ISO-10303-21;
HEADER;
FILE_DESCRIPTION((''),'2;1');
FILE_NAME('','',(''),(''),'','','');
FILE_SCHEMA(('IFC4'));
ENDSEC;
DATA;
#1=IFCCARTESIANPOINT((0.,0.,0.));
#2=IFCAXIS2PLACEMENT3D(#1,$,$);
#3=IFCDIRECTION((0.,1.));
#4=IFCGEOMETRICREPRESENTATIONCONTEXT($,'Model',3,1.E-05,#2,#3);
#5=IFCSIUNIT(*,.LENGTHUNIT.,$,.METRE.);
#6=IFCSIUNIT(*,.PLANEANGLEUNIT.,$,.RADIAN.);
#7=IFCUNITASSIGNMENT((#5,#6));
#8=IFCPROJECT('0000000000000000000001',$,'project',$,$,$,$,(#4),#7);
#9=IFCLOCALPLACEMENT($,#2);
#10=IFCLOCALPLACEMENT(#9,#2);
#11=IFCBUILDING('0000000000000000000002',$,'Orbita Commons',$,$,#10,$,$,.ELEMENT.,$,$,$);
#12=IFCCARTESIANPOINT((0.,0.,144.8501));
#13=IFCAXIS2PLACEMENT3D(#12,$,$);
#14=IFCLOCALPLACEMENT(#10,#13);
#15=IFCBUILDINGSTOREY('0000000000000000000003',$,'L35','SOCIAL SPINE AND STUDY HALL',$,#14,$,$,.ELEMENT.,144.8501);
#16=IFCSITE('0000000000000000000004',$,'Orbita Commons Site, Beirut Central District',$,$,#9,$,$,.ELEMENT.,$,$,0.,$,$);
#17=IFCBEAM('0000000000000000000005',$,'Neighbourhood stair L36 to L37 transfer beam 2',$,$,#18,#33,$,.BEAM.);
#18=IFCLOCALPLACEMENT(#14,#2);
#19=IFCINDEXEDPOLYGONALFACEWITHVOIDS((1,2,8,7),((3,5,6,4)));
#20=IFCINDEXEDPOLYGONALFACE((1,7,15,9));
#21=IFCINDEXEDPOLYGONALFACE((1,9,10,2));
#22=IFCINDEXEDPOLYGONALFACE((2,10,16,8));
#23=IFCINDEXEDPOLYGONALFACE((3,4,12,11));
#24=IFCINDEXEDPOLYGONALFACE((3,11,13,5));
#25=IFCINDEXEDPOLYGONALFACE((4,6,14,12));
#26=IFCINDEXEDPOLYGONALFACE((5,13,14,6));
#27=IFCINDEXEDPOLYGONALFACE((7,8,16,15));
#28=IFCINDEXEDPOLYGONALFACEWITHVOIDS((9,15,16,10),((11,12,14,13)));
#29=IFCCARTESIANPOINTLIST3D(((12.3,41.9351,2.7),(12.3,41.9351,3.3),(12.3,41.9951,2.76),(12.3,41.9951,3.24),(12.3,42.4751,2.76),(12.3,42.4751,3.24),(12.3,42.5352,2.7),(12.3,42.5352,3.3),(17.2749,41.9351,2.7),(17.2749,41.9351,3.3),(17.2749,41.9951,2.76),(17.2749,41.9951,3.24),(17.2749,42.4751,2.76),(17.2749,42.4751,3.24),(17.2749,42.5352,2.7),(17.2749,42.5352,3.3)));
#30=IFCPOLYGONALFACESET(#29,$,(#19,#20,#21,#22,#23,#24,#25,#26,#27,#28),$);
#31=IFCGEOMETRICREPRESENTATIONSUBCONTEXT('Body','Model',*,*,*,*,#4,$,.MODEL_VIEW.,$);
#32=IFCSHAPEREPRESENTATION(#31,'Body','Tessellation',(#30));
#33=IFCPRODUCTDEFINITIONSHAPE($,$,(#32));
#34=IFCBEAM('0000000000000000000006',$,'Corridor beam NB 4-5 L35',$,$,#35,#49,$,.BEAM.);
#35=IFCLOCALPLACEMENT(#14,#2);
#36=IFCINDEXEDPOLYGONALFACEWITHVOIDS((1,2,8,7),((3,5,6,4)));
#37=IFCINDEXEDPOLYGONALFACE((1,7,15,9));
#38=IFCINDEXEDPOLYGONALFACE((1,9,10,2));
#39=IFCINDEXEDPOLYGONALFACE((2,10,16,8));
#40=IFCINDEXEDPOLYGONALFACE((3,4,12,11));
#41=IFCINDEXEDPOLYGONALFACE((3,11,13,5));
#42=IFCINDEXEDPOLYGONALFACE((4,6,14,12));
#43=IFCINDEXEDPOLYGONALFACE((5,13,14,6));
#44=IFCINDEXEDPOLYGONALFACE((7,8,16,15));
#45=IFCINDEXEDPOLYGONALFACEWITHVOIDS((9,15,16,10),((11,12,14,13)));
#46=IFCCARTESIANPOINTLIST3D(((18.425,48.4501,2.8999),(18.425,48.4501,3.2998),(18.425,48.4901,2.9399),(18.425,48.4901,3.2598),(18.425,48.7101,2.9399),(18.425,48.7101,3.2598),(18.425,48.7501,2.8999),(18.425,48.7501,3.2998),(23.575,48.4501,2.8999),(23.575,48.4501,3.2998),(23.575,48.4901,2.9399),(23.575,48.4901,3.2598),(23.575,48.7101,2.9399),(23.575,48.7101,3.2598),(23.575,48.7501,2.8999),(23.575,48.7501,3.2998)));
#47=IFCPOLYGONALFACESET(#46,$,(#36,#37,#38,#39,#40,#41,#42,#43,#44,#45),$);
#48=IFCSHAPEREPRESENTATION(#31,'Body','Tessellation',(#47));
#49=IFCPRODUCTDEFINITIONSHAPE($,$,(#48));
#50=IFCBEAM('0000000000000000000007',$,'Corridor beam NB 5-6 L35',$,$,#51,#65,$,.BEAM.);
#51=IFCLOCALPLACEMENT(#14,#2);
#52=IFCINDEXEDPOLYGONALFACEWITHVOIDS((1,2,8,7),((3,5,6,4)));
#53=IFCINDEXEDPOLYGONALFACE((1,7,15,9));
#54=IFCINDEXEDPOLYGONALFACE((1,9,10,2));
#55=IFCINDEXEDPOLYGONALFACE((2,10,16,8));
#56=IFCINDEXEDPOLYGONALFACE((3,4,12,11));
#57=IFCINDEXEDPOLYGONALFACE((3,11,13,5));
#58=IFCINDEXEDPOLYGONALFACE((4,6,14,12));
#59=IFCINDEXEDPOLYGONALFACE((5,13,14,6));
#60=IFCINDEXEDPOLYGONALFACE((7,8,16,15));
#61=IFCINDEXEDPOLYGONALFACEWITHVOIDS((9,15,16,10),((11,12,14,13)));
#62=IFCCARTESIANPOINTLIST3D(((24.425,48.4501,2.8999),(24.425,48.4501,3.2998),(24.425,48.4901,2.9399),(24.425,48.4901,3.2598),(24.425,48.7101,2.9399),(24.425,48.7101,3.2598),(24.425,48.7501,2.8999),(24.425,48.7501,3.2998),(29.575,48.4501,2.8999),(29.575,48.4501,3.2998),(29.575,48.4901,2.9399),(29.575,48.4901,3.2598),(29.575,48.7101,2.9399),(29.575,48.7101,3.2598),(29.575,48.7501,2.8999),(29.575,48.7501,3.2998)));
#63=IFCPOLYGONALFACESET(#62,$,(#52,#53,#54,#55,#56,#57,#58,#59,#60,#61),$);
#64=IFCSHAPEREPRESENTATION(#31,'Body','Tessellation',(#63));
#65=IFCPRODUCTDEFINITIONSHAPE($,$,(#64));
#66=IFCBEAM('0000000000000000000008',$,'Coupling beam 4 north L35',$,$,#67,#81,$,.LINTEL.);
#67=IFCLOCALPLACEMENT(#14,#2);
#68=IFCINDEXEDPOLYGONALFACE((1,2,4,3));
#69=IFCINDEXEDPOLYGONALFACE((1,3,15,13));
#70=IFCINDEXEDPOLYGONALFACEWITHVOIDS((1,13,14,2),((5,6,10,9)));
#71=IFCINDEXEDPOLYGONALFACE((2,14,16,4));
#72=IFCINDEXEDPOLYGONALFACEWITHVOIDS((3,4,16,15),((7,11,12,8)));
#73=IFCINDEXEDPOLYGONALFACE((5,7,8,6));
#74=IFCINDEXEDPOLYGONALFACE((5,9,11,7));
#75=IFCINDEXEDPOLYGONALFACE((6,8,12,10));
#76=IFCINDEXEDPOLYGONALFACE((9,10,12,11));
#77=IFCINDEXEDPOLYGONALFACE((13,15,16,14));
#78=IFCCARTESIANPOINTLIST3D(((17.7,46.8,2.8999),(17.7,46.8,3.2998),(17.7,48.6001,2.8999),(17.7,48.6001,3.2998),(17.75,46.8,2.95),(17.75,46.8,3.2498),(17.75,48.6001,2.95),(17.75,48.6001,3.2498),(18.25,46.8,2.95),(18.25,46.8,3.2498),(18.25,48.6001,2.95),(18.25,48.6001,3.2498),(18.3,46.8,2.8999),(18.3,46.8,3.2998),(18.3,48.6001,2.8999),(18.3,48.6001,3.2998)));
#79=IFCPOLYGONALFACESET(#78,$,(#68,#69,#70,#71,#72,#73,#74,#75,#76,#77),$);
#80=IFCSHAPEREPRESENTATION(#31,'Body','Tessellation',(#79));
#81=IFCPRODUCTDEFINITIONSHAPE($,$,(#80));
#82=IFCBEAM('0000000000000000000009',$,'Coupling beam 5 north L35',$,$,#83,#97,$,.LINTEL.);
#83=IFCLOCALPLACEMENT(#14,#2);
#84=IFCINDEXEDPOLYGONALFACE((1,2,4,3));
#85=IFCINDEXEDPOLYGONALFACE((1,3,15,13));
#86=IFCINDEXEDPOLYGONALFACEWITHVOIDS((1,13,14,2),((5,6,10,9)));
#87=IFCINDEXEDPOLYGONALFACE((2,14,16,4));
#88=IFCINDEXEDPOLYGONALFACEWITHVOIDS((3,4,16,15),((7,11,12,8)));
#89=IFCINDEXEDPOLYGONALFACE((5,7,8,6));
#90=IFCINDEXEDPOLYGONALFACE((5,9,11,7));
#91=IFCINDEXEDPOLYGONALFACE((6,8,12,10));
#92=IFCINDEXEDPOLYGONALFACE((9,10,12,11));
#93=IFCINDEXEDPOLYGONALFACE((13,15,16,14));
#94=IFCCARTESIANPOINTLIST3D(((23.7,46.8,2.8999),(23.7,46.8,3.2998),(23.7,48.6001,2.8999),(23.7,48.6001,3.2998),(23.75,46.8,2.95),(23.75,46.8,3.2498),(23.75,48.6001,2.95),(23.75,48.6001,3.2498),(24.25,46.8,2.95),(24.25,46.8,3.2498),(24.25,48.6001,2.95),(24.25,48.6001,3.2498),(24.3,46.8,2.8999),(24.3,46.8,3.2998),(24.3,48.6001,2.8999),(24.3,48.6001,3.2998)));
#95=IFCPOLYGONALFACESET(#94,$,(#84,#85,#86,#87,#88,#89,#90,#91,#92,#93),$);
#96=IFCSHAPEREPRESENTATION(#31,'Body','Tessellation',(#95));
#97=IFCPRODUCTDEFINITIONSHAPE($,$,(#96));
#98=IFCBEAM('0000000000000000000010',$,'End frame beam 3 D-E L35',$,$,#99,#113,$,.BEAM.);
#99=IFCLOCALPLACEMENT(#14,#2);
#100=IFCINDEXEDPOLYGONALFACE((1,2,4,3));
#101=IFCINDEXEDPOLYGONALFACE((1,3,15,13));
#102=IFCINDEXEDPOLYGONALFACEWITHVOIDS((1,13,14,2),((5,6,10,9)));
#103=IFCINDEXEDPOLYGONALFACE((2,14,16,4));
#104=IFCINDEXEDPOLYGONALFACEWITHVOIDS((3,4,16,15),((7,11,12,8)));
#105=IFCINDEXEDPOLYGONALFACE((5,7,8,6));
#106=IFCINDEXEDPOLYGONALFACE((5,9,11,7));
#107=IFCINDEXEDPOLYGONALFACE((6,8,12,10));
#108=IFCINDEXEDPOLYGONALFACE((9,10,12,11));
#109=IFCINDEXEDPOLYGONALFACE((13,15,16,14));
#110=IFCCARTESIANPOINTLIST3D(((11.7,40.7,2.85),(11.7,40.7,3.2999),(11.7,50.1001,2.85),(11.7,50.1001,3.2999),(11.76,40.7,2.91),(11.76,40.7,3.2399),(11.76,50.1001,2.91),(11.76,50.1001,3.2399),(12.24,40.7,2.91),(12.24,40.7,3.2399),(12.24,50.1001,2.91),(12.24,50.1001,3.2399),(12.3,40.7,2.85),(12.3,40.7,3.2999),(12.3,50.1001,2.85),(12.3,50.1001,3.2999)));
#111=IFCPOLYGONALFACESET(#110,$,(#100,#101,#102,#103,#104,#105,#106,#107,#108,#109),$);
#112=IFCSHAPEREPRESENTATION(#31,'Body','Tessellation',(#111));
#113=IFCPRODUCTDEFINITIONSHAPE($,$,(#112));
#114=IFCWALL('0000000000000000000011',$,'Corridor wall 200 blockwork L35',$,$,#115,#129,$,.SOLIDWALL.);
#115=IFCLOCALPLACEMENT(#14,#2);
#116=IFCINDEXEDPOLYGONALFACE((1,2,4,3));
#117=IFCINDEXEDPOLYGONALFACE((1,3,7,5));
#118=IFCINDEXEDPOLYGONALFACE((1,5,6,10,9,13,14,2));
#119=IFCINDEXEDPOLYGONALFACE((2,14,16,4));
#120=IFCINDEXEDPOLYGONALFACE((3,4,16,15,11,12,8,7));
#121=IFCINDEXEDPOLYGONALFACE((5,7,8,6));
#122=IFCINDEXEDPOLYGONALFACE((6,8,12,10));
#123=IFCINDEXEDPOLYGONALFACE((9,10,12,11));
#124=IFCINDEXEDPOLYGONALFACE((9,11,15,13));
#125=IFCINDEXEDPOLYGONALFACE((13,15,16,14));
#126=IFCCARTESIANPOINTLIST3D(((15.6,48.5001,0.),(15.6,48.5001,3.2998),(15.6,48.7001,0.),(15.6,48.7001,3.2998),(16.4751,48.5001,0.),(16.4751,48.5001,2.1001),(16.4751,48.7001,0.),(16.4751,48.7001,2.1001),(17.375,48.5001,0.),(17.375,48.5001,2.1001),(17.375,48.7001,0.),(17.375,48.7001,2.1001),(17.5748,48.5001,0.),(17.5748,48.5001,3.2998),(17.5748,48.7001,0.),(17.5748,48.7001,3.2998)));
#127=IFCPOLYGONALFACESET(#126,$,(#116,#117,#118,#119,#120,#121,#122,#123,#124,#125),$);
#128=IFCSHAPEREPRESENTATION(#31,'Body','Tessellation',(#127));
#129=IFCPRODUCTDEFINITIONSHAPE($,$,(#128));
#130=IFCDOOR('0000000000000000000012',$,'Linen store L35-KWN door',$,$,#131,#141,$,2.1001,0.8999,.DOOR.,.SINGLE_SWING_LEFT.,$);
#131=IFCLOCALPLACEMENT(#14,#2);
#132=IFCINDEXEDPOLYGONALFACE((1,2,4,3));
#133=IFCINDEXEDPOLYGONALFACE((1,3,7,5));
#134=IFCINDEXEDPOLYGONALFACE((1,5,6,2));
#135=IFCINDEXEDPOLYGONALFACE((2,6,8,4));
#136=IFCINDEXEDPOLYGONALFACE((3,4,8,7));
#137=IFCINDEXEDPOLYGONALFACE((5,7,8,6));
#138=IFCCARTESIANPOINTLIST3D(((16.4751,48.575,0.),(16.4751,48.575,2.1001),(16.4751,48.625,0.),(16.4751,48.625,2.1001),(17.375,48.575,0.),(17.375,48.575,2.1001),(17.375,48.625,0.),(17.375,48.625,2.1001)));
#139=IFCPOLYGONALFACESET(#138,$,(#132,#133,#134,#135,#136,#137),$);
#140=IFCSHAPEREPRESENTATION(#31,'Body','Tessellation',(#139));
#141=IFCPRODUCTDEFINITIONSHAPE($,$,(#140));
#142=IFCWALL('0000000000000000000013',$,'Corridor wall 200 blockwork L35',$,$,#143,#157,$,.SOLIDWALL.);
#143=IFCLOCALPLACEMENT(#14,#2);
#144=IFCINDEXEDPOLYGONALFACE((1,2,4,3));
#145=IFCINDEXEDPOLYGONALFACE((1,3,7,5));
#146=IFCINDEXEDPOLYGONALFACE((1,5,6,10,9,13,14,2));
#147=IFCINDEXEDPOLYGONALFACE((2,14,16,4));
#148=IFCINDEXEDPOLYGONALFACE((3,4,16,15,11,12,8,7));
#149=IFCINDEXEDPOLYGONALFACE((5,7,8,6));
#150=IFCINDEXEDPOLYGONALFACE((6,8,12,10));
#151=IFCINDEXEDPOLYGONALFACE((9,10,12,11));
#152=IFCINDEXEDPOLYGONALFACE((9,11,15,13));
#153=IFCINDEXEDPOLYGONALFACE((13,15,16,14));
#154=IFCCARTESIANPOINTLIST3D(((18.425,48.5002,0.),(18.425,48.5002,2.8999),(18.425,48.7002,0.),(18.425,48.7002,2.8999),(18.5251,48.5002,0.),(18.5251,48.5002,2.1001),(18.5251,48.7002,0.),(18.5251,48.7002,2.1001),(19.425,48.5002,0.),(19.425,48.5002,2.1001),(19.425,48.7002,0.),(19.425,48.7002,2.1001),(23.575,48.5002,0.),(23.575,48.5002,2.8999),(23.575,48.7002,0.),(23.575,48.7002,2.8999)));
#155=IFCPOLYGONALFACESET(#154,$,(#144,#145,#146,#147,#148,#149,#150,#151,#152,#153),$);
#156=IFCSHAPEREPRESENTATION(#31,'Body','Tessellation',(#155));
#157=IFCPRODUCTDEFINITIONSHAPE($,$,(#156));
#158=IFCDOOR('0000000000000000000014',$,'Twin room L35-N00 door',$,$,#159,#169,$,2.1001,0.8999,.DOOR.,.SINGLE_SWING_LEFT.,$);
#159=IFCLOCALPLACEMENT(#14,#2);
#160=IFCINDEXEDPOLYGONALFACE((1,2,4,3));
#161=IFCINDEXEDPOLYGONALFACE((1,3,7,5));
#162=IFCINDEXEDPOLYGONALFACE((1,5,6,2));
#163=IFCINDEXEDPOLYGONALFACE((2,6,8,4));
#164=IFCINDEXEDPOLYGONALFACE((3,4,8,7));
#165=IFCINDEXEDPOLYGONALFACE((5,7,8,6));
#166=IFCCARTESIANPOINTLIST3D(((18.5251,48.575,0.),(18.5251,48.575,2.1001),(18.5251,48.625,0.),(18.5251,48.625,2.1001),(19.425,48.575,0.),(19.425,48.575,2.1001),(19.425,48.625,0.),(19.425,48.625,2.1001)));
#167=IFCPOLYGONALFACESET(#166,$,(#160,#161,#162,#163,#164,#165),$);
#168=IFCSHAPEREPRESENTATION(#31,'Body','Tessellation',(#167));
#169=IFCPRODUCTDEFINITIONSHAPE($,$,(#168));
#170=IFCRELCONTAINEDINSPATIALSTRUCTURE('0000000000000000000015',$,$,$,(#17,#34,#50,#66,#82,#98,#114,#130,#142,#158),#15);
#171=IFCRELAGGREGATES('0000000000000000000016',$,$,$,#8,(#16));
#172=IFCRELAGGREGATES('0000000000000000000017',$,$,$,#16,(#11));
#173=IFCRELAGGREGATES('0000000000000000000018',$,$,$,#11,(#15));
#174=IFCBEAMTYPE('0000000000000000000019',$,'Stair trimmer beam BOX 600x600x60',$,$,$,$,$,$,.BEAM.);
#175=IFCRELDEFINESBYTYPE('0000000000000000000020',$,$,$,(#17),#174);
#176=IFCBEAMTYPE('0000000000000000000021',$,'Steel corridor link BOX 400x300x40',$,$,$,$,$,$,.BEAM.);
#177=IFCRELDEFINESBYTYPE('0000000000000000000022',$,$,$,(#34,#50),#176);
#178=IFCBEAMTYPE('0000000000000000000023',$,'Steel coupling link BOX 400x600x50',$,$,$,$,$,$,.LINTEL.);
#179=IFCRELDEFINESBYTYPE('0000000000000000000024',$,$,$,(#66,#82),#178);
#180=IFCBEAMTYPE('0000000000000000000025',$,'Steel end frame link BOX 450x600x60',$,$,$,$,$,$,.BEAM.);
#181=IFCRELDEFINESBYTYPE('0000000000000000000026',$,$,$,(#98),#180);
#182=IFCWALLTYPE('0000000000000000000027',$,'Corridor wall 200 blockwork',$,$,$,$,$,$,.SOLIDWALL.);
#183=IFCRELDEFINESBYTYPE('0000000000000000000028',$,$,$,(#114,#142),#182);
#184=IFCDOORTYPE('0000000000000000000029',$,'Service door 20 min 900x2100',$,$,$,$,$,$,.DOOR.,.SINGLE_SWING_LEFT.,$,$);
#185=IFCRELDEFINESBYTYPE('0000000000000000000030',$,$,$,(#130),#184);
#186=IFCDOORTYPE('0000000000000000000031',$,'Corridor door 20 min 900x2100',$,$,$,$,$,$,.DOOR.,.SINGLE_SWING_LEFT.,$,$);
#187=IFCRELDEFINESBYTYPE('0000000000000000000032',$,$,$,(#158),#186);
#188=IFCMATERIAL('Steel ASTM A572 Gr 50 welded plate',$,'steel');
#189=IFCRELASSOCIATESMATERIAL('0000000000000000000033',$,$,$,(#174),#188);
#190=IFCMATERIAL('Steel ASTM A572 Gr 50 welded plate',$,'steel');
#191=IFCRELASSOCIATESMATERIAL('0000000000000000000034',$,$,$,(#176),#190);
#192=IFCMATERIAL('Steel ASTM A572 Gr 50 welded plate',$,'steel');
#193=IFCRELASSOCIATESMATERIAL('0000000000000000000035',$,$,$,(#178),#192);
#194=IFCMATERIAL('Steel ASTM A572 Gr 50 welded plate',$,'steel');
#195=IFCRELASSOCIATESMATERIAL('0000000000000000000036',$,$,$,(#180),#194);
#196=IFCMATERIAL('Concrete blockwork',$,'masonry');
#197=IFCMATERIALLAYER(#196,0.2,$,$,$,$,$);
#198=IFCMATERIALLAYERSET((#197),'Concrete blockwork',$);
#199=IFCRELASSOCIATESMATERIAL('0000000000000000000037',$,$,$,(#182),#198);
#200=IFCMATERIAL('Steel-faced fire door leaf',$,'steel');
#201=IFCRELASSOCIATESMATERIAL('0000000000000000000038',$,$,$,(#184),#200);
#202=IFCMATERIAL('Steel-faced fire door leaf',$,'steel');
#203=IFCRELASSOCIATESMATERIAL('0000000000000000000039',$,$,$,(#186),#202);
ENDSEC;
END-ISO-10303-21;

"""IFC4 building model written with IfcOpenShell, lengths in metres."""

from ifc_helpers import new_model, si_unit, direction, frame, frame_2d, origin, origin_2d, place, context, subcontext, project, spatial, polyline, rectangle, hollow_rectangle, outline, extrude, material, layer, layer_set, material_profile, profile_set, type_object, element, fill, save


model = new_model("IFC4")

# Units and contexts
model_context = context("Model", 3, precision=1e-05, world=origin(), true_north=direction((0.0, 1.0)))
body_context = subcontext(model_context, "Body", "Model", "MODEL_VIEW")
ifc_project = project(units=[si_unit("LENGTHUNIT", "METRE"), si_unit("PLANEANGLEUNIT", "RADIAN")], contexts=[model_context])

# Site, building, storey
site_placement = place(None, origin())
site = spatial("IfcSite", under=ifc_project, at=site_placement, Name="Orbita Commons Site, Beirut Central District", CompositionType="ELEMENT", RefElevation=0.0)
building_placement = place(site_placement, origin())
building = spatial("IfcBuilding", under=site, at=building_placement, Name="Orbita Commons", CompositionType="ELEMENT")
storey_placement = place(building_placement, frame((0.0, 0.0, 144.8501)))
storey = spatial("IfcBuildingStorey", under=building, at=storey_placement, Name="L35", Description="SOCIAL SPINE AND STUDY HALL", CompositionType="ELEMENT", Elevation=144.8501)

# Beams
ifc_material_1 = material(Name="Steel ASTM A572 Gr 50 welded plate", Category="steel")
ifc_material_profile_1 = material_profile(ifc_material_1, hollow_rectangle(XDim=0.6001, YDim=0.6001, WallThickness=0.0601, at=origin_2d()), Name="BOX 600x600x60")
ifc_profile_set_1 = profile_set([ifc_material_profile_1], Name="Steel ASTM A572 Gr 50 welded plate")
beam_type_1 = type_object("IfcBeamType", Name="Stair trimmer beam BOX 600x600x60", PredefinedType="BEAM", material=ifc_profile_set_1)
beam_1_placement = place(storey_placement, frame((12.3, 42.2351, 3.0), z_axis=(1.0, 0.0, 0.0), x_axis=(0.0, 1.0, 0.0)))
element("IfcBeam", 1, at=beam_1_placement, inside=storey, type_object=beam_type_1, Name="Neighbourhood stair L36 to L37 transfer beam 2", PredefinedType="BEAM", context=body_context, shape_type="SweptSolid", body=[
    extrude(hollow_rectangle(XDim=0.6001, YDim=0.6001, WallThickness=0.0601, at=origin_2d()), origin(), (0.0, 0.0, 1.0), 4.9749),
])
ifc_material_2 = material(Name="Steel ASTM A572 Gr 50 welded plate", Category="steel")
ifc_material_profile_2 = material_profile(ifc_material_2, hollow_rectangle(XDim=0.3, YDim=0.3999, WallThickness=0.04, at=origin_2d()), Name="BOX 400x300x40")
ifc_profile_set_2 = profile_set([ifc_material_profile_2], Name="Steel ASTM A572 Gr 50 welded plate")
beam_type_2 = type_object("IfcBeamType", Name="Steel corridor link BOX 400x300x40", PredefinedType="BEAM", material=ifc_profile_set_2)
for number, where, z_axis, x_axis, name in (
    (2, (18.425, 48.6001, 3.0999), (1.0, 0.0, 0.0), (0.0, 1.0, 0.0), "Corridor beam NB 4-5 L35"),
    (3, (24.425, 48.6001, 3.0999), (1.0, 0.0, 0.0), (0.0, 1.0, 0.0), "Corridor beam NB 5-6 L35"),
):
    element("IfcBeam", number, at=place(storey_placement, frame(where, z_axis=z_axis, x_axis=x_axis)), inside=storey, type_object=beam_type_2, Name=name, PredefinedType="BEAM", context=body_context, shape_type="SweptSolid", body=[
        extrude(hollow_rectangle(XDim=0.3, YDim=0.3999, WallThickness=0.04, at=origin_2d()), origin(), (0.0, 0.0, 1.0), 5.1499),
    ])
ifc_material_3 = material(Name="Steel ASTM A572 Gr 50 welded plate", Category="steel")
ifc_material_profile_3 = material_profile(ifc_material_3, hollow_rectangle(XDim=0.6001, YDim=0.3999, WallThickness=0.05, at=origin_2d()), Name="BOX 400x600x50")
ifc_profile_set_3 = profile_set([ifc_material_profile_3], Name="Steel ASTM A572 Gr 50 welded plate")
beam_type_3 = type_object("IfcBeamType", Name="Steel coupling link BOX 400x600x50", PredefinedType="LINTEL", material=ifc_profile_set_3)
for number, where, z_axis, x_axis, name in (
    (4, (18.0, 46.8, 3.0999), (0.0, 1.0, 0.0), (-1.0, 0.0, 0.0), "Coupling beam 4 north L35"),
    (5, (24.0, 46.8, 3.0999), (0.0, 1.0, 0.0), (-1.0, 0.0, 0.0), "Coupling beam 5 north L35"),
):
    element("IfcBeam", number, at=place(storey_placement, frame(where, z_axis=z_axis, x_axis=x_axis)), inside=storey, type_object=beam_type_3, Name=name, PredefinedType="LINTEL", context=body_context, shape_type="SweptSolid", body=[
        extrude(hollow_rectangle(XDim=0.6001, YDim=0.3999, WallThickness=0.05, at=origin_2d()), origin(), (0.0, 0.0, 1.0), 1.8),
    ])
ifc_material_4 = material(Name="Steel ASTM A572 Gr 50 welded plate", Category="steel")
ifc_material_profile_4 = material_profile(ifc_material_4, hollow_rectangle(XDim=0.6001, YDim=0.45, WallThickness=0.0601, at=origin_2d()), Name="BOX 450x600x60")
ifc_profile_set_4 = profile_set([ifc_material_profile_4], Name="Steel ASTM A572 Gr 50 welded plate")
beam_type_4 = type_object("IfcBeamType", Name="Steel end frame link BOX 450x600x60", PredefinedType="BEAM", material=ifc_profile_set_4)
beam_2_placement = place(storey_placement, frame((12.0, 40.7, 3.075), z_axis=(0.0, 1.0, 0.0), x_axis=(-1.0, 0.0, 0.0)))
element("IfcBeam", 6, at=beam_2_placement, inside=storey, type_object=beam_type_4, Name="End frame beam 3 D-E L35", PredefinedType="BEAM", context=body_context, shape_type="SweptSolid", body=[
    extrude(hollow_rectangle(XDim=0.6001, YDim=0.45, WallThickness=0.0601, at=origin_2d()), origin(), (0.0, 0.0, 1.0), 9.4001),
])

# Walls, openings, doors
ifc_material_5 = material(Name="Concrete blockwork", Category="masonry")
ifc_layer_1 = layer(ifc_material_5, 0.2)
ifc_layer_set_1 = layer_set([ifc_layer_1], Name="Concrete blockwork")
wall_type_1 = type_object("IfcWallType", Name="Corridor wall 200 blockwork", PredefinedType="SOLIDWALL", material=ifc_layer_set_1)
wall_1_placement = place(storey_placement, frame((15.6001, 48.6001, 0.0), z_axis=(0.0, 0.0, 1.0), x_axis=(1.0, 0.0, 0.0)))
wall_1 = element("IfcWall", 7, at=wall_1_placement, inside=storey, type_object=wall_type_1, Name="Corridor wall 200 blockwork L35", PredefinedType="SOLIDWALL", context=body_context, shape_type="SweptSolid", body=[
    extrude(rectangle(XDim=1.9749, YDim=0.2, at=frame_2d((0.9873, 0.0))), origin(), (0.0, 0.0, 1.0), 3.2998),
])
opening_1_placement = place(wall_1_placement, frame((0.875, 0.0, 0.0)))
opening_1 = element("IfcOpeningElement", 8, at=opening_1_placement, cuts=wall_1, PredefinedType="OPENING", context=body_context, shape_type="SweptSolid", body=[
    extrude(rectangle(XDim=0.8999, YDim=2.1001, at=frame_2d((0.45, 1.05))), frame((0.0, 0.1099, 0.0), z_axis=(0.0, -1.0, 0.0), x_axis=(1.0, 0.0, 0.0)), (0.0, 0.0, 1.0), 0.22),
])
ifc_material_6 = material(Name="Steel-faced fire door leaf", Category="steel")
door_type_1 = type_object("IfcDoorType", Name="Service door 20 min 900x2100", OperationType="SINGLE_SWING_LEFT", PredefinedType="DOOR", material=ifc_material_6)
door_1_placement = place(opening_1_placement, origin())
door_1 = element("IfcDoor", 9, at=door_1_placement, inside=storey, type_object=door_type_1, Name="Linen store L35-KWN door", OperationType="SINGLE_SWING_LEFT", OverallHeight=2.1001, OverallWidth=0.8999, PredefinedType="DOOR", context=body_context, shape_type="SweptSolid", body=[
    extrude(rectangle(XDim=0.8999, YDim=2.1001, at=frame_2d((0.45, 1.05))), frame((0.0, 0.0249, 0.0), z_axis=(0.0, -1.0, 0.0), x_axis=(1.0, 0.0, 0.0)), (0.0, 0.0, 1.0), 0.05),
])
fill(opening_1, door_1)
wall_2_placement = place(storey_placement, frame((18.425, 48.6001, 0.0), z_axis=(0.0, 0.0, 1.0), x_axis=(1.0, 0.0, 0.0)))
wall_2 = element("IfcWall", 10, at=wall_2_placement, inside=storey, type_object=wall_type_1, Name="Corridor wall 200 blockwork L35", PredefinedType="SOLIDWALL", context=body_context, shape_type="SweptSolid", body=[
    extrude(outline(polyline([(0.0, 0.0), (5.1499, 0.0), (5.1499, 2.8999), (0.0, 2.8999), (0.0, 0.0)])), frame((0.0, 0.1001, 0.0), z_axis=(0.0, -1.0, 0.0), x_axis=(1.0, 0.0, 0.0)), (0.0, 0.0, 1.0), 0.2),
])
opening_2_placement = place(wall_2_placement, frame((0.1001, 0.0, 0.0)))
opening_2 = element("IfcOpeningElement", 11, at=opening_2_placement, cuts=wall_2, PredefinedType="OPENING", context=body_context, shape_type="SweptSolid", body=[
    extrude(rectangle(XDim=0.8999, YDim=2.1001, at=frame_2d((0.45, 1.05))), frame((0.0, 0.1099, 0.0), z_axis=(0.0, -1.0, 0.0), x_axis=(1.0, 0.0, 0.0)), (0.0, 0.0, 1.0), 0.22),
])
ifc_material_7 = material(Name="Steel-faced fire door leaf", Category="steel")
door_type_2 = type_object("IfcDoorType", Name="Corridor door 20 min 900x2100", OperationType="SINGLE_SWING_LEFT", PredefinedType="DOOR", material=ifc_material_7)
door_2_placement = place(opening_2_placement, origin())
door_2 = element("IfcDoor", 12, at=door_2_placement, inside=storey, type_object=door_type_2, Name="Twin room L35-N00 door", OperationType="SINGLE_SWING_LEFT", OverallHeight=2.1001, OverallWidth=0.8999, PredefinedType="DOOR", context=body_context, shape_type="SweptSolid", body=[
    extrude(rectangle(XDim=0.8999, YDim=2.1001, at=frame_2d((0.45, 1.05))), frame((0.0, 0.0249, 0.0), z_axis=(0.0, -1.0, 0.0), x_axis=(1.0, 0.0, 0.0)), (0.0, 0.0, 1.0), 0.05),
])
fill(opening_2, door_2)

save(model, "model.ifc")
